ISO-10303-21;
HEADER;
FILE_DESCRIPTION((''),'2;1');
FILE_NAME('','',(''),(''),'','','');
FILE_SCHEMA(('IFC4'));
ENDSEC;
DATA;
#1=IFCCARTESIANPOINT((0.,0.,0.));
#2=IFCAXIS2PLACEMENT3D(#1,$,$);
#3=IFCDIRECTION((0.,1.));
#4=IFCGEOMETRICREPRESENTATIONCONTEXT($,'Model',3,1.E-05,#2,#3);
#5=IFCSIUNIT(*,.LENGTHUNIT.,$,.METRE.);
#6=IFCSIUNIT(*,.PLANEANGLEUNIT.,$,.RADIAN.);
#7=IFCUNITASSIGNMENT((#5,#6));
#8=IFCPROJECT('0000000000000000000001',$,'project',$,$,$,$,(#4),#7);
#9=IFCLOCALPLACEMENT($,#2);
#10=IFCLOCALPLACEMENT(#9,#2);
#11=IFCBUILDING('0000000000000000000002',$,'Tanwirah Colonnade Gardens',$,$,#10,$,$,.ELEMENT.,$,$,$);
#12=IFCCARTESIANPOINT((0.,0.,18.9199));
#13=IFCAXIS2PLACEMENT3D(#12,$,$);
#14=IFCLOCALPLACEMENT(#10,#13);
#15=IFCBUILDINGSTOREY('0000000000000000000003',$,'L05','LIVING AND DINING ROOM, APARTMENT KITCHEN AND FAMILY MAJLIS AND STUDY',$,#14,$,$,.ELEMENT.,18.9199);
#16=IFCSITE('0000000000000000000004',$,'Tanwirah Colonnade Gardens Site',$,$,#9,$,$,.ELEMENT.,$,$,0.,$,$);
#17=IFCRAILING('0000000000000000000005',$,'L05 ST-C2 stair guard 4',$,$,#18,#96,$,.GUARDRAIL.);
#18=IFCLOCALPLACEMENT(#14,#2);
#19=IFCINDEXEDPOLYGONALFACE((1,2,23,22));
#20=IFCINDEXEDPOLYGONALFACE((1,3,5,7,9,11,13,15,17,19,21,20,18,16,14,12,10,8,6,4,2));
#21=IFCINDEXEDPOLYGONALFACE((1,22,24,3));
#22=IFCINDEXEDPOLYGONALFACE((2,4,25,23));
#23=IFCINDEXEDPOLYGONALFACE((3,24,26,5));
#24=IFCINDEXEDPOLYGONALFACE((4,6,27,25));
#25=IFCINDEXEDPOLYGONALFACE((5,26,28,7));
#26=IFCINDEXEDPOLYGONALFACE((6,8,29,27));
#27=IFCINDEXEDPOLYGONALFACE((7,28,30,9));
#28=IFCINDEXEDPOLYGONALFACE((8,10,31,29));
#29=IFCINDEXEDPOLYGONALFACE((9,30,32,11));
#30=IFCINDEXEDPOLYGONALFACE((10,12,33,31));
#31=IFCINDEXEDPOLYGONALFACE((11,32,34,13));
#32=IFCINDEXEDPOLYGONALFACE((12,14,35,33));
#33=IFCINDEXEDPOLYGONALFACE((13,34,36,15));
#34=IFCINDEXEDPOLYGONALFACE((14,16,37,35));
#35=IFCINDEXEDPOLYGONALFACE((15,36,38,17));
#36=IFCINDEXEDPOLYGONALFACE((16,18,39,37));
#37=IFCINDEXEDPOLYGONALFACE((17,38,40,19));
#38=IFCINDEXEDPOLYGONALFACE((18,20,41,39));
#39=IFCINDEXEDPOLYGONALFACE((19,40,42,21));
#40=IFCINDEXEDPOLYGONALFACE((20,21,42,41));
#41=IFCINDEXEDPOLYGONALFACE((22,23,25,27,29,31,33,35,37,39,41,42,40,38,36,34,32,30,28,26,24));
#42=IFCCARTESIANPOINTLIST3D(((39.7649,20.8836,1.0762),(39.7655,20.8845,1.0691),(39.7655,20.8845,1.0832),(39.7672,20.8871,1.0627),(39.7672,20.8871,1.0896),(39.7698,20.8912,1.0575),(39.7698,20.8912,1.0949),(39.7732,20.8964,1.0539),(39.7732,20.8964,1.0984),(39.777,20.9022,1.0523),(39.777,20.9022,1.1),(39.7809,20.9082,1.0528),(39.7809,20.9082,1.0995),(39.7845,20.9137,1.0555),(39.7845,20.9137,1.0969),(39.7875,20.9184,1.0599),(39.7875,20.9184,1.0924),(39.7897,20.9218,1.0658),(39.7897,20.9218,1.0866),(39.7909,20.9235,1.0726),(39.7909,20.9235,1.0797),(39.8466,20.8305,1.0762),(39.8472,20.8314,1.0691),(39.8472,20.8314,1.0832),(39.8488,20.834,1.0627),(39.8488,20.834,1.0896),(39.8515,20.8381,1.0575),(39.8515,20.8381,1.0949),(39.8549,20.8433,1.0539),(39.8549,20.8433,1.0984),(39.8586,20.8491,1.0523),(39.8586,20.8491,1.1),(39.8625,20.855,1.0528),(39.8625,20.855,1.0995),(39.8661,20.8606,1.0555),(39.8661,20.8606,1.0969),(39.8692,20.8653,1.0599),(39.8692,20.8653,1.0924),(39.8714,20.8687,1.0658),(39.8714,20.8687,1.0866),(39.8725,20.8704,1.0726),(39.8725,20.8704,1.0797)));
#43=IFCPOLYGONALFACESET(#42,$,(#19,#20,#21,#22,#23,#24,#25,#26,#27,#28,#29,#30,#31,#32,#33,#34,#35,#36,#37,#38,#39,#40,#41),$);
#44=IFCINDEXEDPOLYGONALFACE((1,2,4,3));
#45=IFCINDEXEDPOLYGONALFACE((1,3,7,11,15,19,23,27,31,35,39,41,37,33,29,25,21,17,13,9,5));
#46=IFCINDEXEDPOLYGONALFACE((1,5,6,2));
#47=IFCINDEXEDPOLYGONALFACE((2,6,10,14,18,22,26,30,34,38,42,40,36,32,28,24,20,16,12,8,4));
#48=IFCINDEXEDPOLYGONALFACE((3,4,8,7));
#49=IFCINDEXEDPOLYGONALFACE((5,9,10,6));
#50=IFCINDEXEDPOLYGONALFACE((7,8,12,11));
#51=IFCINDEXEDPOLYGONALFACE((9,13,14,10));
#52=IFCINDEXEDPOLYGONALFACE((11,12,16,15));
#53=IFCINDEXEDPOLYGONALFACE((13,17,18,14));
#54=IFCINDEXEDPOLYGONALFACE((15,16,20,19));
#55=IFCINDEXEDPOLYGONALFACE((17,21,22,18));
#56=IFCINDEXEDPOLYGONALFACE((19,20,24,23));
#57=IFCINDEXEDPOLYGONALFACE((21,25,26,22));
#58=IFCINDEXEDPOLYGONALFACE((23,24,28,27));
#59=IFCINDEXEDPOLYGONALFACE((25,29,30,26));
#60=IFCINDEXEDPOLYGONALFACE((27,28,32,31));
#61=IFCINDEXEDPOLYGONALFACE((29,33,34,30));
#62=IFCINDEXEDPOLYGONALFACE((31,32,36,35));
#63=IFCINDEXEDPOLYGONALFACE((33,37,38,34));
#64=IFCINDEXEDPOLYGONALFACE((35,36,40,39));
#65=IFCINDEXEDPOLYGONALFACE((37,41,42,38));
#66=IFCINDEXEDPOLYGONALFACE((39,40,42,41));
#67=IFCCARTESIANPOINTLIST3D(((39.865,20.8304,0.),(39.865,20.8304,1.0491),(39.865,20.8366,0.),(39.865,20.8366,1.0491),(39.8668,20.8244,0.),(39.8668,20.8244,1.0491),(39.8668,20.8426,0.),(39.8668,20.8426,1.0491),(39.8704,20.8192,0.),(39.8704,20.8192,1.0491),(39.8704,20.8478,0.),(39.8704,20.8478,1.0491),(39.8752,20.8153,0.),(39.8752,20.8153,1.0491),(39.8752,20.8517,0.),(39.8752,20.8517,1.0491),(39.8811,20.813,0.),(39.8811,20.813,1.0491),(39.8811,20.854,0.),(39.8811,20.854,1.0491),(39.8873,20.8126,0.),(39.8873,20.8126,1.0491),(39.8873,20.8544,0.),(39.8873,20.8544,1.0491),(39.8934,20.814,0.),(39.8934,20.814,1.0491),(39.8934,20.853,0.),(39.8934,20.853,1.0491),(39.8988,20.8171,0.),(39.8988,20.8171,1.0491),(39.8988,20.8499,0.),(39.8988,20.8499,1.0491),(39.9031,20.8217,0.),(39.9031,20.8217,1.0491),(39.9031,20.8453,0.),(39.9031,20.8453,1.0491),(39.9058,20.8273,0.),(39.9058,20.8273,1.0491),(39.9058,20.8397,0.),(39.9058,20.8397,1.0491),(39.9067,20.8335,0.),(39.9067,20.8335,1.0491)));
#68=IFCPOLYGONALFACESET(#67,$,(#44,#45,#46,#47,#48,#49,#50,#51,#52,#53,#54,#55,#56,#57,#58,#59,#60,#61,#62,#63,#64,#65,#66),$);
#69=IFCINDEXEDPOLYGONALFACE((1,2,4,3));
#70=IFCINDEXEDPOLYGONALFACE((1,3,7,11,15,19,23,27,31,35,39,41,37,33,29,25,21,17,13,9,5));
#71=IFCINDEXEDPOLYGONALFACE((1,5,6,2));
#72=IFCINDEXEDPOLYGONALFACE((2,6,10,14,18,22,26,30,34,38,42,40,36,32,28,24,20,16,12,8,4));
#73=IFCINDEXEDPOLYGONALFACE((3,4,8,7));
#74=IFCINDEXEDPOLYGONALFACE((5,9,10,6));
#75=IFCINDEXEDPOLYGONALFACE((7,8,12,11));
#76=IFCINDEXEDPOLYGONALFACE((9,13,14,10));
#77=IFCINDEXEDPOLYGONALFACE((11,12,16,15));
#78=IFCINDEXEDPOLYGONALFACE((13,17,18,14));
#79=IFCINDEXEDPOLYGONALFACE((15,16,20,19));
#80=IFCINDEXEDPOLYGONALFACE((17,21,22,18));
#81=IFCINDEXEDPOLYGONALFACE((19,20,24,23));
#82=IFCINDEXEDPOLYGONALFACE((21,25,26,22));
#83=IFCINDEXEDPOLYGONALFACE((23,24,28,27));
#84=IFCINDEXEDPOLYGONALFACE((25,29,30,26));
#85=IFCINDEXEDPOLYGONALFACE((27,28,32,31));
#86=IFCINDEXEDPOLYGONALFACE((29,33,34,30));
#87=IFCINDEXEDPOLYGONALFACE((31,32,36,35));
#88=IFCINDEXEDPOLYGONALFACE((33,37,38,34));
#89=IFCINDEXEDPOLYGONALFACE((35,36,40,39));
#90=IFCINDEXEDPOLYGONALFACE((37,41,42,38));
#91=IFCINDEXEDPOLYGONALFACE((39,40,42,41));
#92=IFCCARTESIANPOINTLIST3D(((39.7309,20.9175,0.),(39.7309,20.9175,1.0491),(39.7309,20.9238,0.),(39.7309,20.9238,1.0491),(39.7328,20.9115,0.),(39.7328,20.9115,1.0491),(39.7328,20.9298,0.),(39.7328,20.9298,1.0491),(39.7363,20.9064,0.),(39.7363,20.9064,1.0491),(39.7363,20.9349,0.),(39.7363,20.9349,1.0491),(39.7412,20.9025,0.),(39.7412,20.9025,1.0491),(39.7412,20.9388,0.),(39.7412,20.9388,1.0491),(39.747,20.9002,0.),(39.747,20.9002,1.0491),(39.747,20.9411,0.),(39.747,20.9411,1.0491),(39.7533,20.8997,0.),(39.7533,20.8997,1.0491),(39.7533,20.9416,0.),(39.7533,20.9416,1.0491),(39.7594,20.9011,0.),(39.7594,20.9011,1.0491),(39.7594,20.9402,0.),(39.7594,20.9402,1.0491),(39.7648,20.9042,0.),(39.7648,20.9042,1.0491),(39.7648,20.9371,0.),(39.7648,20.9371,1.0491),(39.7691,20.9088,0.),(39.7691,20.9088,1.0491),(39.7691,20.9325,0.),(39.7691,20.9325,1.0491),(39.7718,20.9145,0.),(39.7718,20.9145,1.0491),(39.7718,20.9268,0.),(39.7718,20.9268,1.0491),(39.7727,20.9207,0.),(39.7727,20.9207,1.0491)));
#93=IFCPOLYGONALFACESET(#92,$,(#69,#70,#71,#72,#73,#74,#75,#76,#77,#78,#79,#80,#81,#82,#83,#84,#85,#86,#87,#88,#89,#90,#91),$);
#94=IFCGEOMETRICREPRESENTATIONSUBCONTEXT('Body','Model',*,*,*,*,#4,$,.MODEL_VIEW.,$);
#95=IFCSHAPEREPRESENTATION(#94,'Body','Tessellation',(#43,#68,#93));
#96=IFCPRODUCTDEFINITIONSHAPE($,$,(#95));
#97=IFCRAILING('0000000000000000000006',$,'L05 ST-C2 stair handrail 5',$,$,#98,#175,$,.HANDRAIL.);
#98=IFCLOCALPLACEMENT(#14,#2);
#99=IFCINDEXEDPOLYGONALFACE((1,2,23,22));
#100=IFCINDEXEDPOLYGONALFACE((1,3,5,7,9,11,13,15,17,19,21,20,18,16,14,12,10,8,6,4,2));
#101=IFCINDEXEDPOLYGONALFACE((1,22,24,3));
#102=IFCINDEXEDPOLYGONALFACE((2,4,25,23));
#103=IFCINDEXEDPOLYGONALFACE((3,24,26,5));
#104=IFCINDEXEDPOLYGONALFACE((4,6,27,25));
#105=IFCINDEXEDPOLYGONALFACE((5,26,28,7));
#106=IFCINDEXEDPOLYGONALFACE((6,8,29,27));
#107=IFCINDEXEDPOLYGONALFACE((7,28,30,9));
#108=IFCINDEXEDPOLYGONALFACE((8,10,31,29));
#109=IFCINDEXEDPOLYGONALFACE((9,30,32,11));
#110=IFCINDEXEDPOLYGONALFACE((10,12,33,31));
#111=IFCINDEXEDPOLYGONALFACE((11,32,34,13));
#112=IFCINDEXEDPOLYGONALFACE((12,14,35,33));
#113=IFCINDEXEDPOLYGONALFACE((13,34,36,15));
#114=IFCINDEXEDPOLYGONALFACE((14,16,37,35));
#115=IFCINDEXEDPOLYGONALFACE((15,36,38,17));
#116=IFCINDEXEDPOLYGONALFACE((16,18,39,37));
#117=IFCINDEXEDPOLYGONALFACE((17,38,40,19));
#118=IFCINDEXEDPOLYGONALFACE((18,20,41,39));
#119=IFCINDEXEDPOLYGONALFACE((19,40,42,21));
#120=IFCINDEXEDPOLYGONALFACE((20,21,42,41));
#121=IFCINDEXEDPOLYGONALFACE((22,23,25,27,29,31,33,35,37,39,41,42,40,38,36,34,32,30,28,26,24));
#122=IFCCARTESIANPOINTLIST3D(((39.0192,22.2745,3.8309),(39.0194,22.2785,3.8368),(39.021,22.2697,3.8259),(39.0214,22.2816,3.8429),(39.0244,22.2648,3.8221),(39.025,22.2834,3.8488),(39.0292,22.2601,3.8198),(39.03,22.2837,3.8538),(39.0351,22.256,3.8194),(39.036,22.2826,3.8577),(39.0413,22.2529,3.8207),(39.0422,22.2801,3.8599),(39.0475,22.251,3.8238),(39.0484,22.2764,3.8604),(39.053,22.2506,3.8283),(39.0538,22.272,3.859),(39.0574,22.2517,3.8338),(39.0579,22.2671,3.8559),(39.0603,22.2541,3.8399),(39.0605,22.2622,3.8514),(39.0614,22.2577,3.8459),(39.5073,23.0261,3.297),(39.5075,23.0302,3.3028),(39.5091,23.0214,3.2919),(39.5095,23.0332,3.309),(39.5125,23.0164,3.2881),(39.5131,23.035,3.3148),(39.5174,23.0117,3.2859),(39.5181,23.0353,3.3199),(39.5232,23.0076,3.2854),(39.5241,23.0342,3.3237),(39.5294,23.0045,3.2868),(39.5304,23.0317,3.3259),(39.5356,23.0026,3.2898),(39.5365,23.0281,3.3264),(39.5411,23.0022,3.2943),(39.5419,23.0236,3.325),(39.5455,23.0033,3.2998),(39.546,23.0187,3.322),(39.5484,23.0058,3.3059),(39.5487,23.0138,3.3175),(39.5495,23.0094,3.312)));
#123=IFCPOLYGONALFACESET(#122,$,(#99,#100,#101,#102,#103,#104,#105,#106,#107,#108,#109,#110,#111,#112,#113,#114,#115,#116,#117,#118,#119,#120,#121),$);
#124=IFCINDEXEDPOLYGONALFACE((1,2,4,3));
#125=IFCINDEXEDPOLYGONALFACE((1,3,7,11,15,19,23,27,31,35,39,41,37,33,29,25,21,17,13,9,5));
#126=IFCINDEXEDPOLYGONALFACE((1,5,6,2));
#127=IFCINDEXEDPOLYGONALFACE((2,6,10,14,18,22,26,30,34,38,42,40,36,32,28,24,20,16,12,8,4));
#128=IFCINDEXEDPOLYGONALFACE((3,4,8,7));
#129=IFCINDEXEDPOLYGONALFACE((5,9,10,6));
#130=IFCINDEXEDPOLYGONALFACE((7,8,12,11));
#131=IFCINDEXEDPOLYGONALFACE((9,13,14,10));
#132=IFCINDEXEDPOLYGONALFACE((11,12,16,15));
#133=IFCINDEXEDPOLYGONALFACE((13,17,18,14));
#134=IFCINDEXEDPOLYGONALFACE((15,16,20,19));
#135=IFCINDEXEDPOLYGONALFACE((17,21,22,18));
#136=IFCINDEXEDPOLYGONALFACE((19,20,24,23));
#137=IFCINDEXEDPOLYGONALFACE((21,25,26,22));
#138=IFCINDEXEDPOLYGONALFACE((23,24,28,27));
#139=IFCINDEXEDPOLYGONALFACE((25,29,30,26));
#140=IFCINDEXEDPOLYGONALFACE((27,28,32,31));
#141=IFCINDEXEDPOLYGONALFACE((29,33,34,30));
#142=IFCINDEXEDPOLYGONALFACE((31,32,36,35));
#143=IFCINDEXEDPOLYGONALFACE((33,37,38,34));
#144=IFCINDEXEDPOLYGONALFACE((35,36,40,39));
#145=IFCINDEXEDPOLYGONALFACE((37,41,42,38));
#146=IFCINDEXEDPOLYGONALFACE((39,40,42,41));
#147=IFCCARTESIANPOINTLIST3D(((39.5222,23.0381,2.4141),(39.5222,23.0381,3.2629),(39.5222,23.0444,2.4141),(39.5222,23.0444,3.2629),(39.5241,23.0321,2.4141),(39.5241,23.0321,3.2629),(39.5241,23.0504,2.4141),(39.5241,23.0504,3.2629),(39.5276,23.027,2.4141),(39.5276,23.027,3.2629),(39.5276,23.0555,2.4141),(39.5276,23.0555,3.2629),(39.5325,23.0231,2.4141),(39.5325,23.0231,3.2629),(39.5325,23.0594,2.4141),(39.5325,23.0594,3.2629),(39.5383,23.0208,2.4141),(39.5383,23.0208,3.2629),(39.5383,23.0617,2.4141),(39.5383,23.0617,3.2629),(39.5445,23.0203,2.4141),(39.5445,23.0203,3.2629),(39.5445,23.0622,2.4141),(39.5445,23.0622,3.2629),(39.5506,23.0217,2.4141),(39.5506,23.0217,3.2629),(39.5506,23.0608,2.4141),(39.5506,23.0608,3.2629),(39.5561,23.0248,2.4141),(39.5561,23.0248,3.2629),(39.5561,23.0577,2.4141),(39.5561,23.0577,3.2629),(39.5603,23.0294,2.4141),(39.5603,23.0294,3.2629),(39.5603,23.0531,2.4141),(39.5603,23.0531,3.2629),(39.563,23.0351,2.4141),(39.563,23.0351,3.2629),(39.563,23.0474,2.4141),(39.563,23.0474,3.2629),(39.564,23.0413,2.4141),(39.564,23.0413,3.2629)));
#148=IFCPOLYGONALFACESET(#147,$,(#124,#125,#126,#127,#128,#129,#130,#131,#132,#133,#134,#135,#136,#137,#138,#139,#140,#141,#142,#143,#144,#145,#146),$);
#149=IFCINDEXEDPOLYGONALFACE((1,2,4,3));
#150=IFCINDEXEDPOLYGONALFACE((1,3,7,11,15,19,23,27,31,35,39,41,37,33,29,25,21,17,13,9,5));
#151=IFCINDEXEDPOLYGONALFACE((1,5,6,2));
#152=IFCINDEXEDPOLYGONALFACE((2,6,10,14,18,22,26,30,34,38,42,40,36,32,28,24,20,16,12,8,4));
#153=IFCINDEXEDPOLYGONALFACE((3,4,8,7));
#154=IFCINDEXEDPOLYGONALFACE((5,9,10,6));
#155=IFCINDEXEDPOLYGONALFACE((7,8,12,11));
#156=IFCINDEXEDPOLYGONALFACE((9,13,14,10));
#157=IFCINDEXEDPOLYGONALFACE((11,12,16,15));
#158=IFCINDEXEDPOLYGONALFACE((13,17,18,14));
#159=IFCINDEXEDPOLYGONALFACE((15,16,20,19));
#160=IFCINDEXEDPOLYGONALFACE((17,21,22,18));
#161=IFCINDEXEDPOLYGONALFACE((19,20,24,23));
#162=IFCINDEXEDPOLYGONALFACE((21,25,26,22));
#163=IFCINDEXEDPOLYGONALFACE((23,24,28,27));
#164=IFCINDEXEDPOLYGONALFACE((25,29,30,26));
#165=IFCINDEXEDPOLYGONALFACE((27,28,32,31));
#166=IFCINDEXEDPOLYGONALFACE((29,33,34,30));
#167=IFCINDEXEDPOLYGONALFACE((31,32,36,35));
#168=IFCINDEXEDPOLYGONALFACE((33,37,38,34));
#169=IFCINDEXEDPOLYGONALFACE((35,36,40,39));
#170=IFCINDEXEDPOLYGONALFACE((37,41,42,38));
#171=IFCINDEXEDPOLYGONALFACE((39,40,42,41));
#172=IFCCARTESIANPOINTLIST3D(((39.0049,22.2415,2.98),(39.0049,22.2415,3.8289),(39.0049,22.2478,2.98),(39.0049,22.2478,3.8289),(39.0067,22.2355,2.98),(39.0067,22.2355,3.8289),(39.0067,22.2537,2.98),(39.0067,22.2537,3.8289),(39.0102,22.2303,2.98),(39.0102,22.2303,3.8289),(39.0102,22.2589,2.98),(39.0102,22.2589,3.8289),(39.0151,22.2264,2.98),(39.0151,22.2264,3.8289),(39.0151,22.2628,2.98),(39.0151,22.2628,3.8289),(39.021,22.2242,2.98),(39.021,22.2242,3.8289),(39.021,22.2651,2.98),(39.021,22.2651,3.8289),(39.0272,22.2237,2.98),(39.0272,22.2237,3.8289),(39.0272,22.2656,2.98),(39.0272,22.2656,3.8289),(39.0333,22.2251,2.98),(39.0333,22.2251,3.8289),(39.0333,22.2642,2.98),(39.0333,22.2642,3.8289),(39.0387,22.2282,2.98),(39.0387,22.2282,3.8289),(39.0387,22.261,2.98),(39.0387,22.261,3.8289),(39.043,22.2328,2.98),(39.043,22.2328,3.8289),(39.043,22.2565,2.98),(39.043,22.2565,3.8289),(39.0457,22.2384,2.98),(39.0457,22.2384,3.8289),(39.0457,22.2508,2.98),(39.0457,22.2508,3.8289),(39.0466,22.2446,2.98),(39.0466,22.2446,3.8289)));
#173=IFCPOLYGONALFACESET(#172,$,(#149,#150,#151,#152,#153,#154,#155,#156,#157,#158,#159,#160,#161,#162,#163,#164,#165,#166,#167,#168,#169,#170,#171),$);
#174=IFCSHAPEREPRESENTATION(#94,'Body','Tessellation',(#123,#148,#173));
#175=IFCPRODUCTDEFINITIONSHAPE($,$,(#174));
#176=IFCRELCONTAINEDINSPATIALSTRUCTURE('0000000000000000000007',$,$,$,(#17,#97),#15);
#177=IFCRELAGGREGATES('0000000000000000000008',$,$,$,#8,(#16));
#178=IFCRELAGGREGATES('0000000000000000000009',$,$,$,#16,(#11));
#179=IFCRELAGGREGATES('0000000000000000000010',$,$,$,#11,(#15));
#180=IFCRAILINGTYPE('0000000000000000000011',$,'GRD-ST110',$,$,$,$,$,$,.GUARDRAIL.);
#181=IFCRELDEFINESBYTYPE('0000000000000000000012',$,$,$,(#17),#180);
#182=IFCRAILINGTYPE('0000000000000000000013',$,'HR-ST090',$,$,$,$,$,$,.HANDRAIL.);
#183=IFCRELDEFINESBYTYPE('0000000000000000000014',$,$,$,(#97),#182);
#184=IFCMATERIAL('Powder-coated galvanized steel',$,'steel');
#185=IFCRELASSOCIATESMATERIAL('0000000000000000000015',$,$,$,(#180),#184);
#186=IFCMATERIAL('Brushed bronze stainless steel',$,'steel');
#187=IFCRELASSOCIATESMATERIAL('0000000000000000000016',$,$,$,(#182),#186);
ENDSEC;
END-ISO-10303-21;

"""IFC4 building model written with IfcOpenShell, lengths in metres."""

from ifc_helpers import new_model, si_unit, direction, frame, origin, origin_2d, place, context, subcontext, project, spatial, circle, extrude, material, type_object, element, save


model = new_model("IFC4")

# Units and contexts
model_context = context("Model", 3, precision=1e-05, world=origin(), true_north=direction((0.0, 1.0)))
body_context = subcontext(model_context, "Body", "Model", "MODEL_VIEW")
ifc_project = project(units=[si_unit("LENGTHUNIT", "METRE"), si_unit("PLANEANGLEUNIT", "RADIAN")], contexts=[model_context])

# Site, building, storey
site_placement = place(None, origin())
site = spatial("IfcSite", under=ifc_project, at=site_placement, Name="Tanwirah Colonnade Gardens Site", CompositionType="ELEMENT", RefElevation=0.0)
building_placement = place(site_placement, origin())
building = spatial("IfcBuilding", under=site, at=building_placement, Name="Tanwirah Colonnade Gardens", CompositionType="ELEMENT")
storey_placement = place(building_placement, frame((0.0, 0.0, 18.9199)))
storey = spatial("IfcBuildingStorey", under=building, at=storey_placement, Name="L05", Description="LIVING AND DINING ROOM, APARTMENT KITCHEN AND FAMILY MAJLIS AND STUDY", CompositionType="ELEMENT", Elevation=18.9199)

# Railings
ifc_material_1 = material(Name="Powder-coated galvanized steel", Category="steel")
railing_type_1 = type_object("IfcRailingType", Name="GRD-ST110", PredefinedType="GUARDRAIL", material=ifc_material_1)
railing_1_placement = place(storey_placement, frame((39.8857, 20.8335, 0.0)))
element("IfcRailing", 1, at=railing_1_placement, inside=storey, type_object=railing_type_1, Name="L05 ST-C2 stair guard 4", PredefinedType="GUARDRAIL", context=body_context, shape_type="SweptSolid", body=[
    extrude(circle(Radius=0.0239, at=origin_2d()), frame((-0.0261, 0.0171, 1.0762), z_axis=(-0.838339, 0.545149, 0.0), x_axis=(-0.545149, -0.838339, 0.0)), (0.0, 0.0, 1.0), 0.0974),
    extrude(circle(Radius=0.021, at=origin_2d()), origin(), (0.0, 0.0, 1.0), 1.0491),
    extrude(circle(Radius=0.021, at=origin_2d()), frame((-0.134, 0.0872, 0.0)), (0.0, 0.0, 1.0), 1.0491),
])
ifc_material_2 = material(Name="Brushed bronze stainless steel", Category="steel")
railing_type_2 = type_object("IfcRailingType", Name="HR-ST090", PredefinedType="HANDRAIL", material=ifc_material_2)
railing_2_placement = place(storey_placement, frame((39.543, 23.0413, 2.4141)))
element("IfcRailing", 2, at=railing_2_placement, inside=storey, type_object=railing_type_2, Name="L05 ST-C2 stair handrail 5", PredefinedType="HANDRAIL", context=body_context, shape_type="SweptSolid", body=[
    extrude(circle(Radius=0.0239, at=origin_2d()), frame((-0.0146, -0.0225, 0.8918), z_axis=(-0.46789, -0.720492, 0.51183), x_axis=(0.838673, -0.544636, 0.0)), (0.0, 0.0, 1.0), 1.0432),
    extrude(circle(Radius=0.021, at=origin_2d()), origin(), (0.0, 0.0, 1.0), 0.8489),
    extrude(circle(Radius=0.021, at=origin_2d()), frame((-0.5173, -0.7966, 0.5659)), (0.0, 0.0, 1.0), 0.8489),
])

save(model, "model.ifc")
